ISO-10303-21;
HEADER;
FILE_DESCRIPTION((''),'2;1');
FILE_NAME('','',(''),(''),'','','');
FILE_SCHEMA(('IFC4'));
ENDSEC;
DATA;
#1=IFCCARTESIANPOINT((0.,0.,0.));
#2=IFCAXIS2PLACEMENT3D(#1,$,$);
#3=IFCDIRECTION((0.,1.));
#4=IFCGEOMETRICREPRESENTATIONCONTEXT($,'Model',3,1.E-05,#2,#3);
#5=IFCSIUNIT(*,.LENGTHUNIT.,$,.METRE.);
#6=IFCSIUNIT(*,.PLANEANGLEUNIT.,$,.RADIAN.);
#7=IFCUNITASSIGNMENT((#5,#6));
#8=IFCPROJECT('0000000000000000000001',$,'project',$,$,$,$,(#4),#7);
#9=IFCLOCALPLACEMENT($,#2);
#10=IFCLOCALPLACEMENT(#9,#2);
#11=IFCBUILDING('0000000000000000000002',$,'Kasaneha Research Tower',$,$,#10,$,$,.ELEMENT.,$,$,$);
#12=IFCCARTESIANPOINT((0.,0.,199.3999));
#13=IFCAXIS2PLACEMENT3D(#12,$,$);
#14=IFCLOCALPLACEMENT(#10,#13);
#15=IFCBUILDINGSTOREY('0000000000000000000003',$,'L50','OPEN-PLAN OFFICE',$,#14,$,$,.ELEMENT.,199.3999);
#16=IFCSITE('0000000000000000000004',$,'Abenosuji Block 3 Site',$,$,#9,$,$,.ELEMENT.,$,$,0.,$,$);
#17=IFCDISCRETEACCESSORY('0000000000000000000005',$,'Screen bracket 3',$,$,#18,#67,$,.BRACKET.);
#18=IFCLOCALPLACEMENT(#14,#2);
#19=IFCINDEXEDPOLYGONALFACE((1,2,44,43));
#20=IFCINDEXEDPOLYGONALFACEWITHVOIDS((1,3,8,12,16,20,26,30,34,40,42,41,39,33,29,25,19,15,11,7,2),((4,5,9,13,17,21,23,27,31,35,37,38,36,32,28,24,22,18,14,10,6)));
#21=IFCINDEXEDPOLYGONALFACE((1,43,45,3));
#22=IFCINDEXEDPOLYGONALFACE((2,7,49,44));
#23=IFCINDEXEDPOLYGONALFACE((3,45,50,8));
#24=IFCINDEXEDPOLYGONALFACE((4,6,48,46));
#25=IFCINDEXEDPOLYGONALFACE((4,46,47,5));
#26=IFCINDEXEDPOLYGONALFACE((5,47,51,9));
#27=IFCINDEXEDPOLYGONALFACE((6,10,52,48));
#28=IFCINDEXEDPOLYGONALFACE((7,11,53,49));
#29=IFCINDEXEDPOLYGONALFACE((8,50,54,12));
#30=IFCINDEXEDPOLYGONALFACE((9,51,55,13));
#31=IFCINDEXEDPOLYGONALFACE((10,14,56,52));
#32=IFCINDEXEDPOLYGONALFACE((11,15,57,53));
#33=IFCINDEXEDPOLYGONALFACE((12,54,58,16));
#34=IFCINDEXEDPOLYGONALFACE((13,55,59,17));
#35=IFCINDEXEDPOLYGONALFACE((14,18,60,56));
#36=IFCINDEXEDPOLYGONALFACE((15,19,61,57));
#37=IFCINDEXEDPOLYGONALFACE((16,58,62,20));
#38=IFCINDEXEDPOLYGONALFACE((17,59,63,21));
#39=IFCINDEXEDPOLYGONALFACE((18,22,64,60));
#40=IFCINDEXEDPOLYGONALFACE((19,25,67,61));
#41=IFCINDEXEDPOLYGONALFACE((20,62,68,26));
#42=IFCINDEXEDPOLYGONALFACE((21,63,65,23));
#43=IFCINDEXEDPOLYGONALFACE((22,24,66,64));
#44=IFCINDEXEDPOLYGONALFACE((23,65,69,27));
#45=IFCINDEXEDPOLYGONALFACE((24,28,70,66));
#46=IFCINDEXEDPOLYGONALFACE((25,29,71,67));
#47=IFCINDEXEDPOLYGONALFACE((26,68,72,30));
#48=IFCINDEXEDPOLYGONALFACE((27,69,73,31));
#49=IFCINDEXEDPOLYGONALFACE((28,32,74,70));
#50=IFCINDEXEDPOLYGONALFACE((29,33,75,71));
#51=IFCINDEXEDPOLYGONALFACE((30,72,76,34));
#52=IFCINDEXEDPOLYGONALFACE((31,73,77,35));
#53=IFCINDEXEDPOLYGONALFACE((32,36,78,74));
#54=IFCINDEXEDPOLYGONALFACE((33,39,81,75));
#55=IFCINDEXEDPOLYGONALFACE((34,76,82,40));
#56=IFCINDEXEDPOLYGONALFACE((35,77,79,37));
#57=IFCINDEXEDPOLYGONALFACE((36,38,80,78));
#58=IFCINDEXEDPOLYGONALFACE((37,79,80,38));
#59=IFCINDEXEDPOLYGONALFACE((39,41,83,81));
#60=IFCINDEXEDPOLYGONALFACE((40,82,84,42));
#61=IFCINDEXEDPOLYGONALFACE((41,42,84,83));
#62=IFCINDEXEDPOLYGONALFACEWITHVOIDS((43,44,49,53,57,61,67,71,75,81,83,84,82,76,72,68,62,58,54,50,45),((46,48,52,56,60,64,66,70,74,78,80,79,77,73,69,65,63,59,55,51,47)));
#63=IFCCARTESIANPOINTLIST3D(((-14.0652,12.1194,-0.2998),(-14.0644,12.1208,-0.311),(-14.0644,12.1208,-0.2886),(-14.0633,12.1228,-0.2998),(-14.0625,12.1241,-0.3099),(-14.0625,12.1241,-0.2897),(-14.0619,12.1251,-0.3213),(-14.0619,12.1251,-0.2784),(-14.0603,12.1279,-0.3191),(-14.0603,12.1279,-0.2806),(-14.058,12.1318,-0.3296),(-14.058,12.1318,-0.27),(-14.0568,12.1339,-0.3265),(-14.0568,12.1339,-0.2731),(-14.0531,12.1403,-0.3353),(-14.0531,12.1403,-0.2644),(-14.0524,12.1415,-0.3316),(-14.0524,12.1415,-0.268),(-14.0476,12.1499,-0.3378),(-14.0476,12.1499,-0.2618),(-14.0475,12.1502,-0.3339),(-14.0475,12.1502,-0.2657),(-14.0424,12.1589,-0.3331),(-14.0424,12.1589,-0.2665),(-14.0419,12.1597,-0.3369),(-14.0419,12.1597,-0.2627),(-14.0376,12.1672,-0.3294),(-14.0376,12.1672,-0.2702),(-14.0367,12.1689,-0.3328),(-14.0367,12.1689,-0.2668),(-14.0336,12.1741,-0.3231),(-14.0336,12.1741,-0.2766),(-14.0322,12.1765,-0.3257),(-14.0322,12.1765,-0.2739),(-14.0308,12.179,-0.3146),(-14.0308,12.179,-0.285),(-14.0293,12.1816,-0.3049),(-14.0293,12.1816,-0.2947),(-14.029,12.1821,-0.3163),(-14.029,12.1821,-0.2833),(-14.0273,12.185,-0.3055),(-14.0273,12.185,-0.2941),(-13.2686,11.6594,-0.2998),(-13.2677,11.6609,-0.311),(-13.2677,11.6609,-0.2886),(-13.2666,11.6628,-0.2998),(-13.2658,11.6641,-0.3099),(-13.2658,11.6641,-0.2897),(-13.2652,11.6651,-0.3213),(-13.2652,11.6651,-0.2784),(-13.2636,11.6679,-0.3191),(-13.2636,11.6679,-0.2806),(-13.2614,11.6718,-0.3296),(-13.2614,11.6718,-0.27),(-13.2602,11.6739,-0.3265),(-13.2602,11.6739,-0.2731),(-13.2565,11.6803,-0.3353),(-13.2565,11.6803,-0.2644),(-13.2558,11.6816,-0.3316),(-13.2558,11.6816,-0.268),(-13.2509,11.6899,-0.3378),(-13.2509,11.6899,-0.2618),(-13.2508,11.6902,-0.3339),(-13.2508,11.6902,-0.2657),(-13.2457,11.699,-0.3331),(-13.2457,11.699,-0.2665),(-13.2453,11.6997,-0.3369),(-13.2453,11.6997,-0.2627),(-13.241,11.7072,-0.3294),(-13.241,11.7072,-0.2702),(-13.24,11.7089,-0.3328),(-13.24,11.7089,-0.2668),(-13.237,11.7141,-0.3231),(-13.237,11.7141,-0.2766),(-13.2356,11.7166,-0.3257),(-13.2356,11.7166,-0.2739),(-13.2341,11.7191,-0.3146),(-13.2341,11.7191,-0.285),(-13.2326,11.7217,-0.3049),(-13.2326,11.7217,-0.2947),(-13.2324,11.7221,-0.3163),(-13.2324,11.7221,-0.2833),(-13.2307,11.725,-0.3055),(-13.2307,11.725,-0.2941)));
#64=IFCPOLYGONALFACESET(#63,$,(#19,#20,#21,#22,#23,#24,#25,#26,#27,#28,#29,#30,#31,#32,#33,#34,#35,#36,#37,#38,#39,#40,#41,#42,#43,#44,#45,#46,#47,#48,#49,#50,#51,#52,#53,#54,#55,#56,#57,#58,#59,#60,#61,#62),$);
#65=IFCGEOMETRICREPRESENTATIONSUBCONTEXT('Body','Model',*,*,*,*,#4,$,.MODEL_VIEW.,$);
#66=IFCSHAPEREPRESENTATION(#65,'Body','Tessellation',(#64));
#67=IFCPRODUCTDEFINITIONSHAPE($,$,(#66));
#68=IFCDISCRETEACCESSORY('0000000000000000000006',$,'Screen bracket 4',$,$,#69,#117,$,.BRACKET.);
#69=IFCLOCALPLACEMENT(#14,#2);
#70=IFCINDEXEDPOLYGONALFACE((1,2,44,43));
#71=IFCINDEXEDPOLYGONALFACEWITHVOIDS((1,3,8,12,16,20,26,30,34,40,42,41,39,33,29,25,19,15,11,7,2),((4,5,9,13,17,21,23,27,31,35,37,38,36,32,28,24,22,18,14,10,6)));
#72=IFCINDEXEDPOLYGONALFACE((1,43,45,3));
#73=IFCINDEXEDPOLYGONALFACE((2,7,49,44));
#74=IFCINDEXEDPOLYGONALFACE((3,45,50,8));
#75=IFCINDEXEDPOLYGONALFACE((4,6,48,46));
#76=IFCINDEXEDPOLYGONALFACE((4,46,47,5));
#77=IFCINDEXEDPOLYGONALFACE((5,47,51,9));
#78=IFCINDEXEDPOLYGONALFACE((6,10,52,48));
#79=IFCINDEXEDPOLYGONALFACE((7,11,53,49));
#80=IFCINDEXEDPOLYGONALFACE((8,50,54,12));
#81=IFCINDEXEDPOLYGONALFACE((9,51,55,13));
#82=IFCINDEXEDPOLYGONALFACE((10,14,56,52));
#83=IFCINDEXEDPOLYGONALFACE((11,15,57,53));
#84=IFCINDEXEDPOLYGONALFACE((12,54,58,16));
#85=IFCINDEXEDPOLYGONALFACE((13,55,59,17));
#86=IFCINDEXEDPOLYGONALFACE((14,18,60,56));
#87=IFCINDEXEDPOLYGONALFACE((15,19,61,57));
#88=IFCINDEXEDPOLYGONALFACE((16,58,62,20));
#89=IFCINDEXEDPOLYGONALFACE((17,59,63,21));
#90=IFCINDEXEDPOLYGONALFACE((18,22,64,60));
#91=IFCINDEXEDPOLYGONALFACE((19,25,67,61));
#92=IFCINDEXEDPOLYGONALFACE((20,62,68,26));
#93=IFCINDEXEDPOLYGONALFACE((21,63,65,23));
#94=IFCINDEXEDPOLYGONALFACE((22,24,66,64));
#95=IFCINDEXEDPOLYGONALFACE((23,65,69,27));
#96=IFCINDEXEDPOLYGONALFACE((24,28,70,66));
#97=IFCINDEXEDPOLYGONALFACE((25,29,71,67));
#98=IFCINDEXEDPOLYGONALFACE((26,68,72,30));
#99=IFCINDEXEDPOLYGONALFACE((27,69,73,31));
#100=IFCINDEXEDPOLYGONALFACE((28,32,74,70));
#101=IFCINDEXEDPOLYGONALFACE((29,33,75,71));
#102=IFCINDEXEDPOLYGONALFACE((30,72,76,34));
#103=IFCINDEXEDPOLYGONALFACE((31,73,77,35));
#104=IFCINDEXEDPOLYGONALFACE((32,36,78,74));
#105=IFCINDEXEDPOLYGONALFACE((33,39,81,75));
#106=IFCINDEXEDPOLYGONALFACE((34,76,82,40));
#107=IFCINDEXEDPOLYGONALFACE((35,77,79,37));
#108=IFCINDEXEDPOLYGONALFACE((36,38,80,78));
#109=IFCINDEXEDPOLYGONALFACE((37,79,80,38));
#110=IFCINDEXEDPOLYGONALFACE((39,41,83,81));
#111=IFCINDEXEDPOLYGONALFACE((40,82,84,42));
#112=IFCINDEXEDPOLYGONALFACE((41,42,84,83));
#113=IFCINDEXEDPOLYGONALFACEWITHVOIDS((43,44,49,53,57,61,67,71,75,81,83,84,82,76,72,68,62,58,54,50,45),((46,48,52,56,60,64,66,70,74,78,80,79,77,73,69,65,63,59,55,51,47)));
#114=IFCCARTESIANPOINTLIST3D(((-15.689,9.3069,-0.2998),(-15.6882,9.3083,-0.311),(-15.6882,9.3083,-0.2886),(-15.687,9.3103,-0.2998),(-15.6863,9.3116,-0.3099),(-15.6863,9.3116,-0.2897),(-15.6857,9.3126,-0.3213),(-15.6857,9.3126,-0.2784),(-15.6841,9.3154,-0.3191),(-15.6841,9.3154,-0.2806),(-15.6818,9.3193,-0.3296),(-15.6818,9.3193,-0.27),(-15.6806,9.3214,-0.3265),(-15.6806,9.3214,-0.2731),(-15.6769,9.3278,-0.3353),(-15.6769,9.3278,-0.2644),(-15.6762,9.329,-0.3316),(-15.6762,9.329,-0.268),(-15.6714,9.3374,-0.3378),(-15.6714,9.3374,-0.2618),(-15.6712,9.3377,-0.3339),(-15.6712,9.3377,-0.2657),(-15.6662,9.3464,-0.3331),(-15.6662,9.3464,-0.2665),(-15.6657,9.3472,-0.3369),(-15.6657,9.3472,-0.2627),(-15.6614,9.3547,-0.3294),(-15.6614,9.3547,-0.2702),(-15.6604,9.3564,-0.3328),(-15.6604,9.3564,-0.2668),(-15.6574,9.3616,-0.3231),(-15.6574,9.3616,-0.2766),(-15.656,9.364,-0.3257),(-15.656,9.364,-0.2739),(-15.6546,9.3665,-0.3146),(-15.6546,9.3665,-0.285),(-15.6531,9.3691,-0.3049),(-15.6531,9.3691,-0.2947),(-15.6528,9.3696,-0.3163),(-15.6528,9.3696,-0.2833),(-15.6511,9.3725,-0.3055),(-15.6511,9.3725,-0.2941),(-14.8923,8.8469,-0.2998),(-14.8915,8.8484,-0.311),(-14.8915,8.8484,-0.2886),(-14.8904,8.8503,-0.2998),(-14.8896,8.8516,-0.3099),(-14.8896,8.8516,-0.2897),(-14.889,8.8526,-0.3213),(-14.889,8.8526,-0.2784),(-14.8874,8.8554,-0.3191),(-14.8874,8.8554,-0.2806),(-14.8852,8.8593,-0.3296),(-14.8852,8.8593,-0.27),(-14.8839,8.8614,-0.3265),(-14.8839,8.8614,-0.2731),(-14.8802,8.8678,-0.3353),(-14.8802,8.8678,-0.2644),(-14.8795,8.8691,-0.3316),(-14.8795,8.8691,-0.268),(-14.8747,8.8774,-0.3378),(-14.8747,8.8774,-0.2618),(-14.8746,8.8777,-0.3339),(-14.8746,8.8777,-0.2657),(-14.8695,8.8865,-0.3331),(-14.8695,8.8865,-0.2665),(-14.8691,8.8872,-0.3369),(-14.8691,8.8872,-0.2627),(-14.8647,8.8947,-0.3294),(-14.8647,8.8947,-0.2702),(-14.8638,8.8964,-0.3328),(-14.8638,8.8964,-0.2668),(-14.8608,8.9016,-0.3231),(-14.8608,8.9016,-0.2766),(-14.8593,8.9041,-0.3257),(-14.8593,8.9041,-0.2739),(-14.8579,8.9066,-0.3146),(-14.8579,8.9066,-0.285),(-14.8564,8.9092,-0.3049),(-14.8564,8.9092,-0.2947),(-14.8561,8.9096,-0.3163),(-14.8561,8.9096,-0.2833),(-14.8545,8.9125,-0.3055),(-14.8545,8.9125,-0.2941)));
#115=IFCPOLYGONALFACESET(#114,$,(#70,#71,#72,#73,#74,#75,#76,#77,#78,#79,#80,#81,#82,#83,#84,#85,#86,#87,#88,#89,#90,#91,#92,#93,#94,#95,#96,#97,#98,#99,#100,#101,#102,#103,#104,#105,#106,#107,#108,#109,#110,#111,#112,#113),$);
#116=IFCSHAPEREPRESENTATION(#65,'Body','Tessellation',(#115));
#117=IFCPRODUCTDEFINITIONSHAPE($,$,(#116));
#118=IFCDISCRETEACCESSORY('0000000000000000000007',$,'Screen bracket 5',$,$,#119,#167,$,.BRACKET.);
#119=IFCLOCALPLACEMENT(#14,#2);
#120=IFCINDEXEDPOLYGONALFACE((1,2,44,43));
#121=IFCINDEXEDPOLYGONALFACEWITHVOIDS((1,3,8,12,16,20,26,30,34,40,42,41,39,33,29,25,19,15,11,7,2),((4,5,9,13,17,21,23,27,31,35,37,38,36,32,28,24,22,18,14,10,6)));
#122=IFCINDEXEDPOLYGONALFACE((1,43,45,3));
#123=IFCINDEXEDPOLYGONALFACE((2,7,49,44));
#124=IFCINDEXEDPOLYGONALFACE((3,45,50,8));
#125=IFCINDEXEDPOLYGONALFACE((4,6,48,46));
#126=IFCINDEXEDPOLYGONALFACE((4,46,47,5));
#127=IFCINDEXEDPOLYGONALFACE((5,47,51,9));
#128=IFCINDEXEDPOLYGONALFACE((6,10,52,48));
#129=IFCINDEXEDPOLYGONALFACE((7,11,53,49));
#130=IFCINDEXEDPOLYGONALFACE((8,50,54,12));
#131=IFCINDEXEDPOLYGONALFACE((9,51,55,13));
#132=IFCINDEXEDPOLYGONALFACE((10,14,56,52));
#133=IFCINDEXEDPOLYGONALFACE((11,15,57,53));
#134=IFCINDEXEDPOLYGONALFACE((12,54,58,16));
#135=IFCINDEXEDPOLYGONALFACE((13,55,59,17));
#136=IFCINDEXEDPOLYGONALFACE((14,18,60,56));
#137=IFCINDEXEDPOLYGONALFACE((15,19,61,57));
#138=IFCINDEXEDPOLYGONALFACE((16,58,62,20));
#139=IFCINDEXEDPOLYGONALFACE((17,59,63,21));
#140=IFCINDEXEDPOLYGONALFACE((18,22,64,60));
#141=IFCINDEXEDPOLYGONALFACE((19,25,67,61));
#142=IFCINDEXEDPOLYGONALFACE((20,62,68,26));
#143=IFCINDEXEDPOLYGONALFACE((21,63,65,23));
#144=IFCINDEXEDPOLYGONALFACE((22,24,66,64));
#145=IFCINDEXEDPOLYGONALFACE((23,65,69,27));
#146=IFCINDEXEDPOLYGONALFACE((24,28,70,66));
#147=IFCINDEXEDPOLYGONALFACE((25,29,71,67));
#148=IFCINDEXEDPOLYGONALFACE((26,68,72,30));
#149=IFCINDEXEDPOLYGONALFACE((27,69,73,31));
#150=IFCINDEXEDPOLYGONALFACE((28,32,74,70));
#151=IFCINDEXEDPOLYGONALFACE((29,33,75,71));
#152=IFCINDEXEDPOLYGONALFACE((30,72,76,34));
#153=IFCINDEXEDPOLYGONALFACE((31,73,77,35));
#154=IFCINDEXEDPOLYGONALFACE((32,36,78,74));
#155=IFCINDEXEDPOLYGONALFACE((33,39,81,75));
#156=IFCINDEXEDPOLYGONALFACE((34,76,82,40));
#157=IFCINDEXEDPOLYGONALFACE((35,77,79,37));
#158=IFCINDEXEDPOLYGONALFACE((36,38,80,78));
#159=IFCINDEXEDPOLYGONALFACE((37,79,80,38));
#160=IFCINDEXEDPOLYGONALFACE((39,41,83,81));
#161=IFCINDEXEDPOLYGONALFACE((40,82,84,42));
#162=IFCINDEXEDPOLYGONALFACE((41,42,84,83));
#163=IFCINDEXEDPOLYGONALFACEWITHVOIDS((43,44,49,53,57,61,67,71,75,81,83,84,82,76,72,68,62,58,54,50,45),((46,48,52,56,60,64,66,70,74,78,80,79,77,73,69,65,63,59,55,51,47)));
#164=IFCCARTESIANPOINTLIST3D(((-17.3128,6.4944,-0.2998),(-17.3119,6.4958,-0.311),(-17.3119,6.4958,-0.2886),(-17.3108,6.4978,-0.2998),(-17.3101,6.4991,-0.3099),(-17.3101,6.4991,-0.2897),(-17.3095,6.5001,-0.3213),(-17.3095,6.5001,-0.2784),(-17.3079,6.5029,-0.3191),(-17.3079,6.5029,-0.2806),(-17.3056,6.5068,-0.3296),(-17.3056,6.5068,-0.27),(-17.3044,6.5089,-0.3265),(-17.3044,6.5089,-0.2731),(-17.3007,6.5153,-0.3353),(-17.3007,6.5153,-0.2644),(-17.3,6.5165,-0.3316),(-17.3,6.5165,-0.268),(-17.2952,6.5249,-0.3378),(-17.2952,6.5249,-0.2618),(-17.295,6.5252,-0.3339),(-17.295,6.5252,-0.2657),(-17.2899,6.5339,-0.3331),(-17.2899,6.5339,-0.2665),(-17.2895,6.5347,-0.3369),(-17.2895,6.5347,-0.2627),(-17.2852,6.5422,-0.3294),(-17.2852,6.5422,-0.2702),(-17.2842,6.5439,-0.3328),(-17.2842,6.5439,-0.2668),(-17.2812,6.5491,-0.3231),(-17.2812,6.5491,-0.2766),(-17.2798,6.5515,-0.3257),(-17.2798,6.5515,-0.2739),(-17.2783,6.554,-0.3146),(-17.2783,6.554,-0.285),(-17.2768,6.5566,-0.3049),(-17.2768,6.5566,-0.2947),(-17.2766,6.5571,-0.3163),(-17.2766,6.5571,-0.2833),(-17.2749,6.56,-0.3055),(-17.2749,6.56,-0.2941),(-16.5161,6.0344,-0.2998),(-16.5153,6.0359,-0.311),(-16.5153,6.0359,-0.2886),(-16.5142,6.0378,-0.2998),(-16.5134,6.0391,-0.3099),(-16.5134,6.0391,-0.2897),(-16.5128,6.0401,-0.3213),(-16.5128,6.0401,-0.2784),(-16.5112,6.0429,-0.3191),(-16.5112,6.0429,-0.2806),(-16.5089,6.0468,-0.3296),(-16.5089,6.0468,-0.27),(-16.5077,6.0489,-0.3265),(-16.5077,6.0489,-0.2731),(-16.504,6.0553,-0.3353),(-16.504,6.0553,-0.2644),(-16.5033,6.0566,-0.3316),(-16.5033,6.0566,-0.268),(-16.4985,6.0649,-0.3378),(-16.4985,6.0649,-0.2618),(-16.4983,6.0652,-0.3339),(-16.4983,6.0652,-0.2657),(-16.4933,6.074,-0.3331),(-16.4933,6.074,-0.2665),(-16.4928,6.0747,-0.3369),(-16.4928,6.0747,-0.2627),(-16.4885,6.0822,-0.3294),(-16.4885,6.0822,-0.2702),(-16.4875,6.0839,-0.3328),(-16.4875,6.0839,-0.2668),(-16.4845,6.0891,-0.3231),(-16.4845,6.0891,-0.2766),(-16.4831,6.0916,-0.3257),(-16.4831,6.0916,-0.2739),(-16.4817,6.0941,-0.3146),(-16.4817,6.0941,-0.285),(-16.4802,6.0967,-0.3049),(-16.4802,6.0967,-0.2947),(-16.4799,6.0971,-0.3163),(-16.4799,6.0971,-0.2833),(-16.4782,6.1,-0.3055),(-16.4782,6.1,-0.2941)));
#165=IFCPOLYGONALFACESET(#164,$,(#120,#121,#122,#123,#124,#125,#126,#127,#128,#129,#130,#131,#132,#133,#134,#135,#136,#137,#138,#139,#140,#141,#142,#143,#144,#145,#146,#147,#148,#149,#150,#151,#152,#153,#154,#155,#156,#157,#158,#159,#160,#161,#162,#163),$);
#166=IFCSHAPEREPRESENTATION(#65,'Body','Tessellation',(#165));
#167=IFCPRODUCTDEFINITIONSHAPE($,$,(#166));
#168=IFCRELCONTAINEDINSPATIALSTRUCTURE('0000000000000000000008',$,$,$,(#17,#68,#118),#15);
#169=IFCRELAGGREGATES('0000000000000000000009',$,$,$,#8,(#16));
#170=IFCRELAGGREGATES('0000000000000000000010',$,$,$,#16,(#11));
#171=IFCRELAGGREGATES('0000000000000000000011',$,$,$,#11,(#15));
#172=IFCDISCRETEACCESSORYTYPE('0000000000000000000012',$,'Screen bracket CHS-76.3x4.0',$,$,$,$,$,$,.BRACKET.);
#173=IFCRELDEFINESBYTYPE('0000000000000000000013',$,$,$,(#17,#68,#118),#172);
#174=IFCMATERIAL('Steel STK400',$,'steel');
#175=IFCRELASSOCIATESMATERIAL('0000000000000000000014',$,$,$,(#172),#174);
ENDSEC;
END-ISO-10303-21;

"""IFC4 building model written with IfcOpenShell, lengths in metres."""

from ifc_helpers import new_model, si_unit, direction, frame, origin, origin_2d, place, context, subcontext, project, spatial, hollow_circle, extrude, material, material_profile, profile_set, type_object, element, save


model = new_model("IFC4")

# Units and contexts
model_context = context("Model", 3, precision=1e-05, world=origin(), true_north=direction((0.0, 1.0)))
body_context = subcontext(model_context, "Body", "Model", "MODEL_VIEW")
ifc_project = project(units=[si_unit("LENGTHUNIT", "METRE"), si_unit("PLANEANGLEUNIT", "RADIAN")], contexts=[model_context])

# Site, building, storey
site_placement = place(None, origin())
site = spatial("IfcSite", under=ifc_project, at=site_placement, Name="Abenosuji Block 3 Site", CompositionType="ELEMENT", RefElevation=0.0)
building_placement = place(site_placement, origin())
building = spatial("IfcBuilding", under=site, at=building_placement, Name="Kasaneha Research Tower", CompositionType="ELEMENT")
storey_placement = place(building_placement, frame((0.0, 0.0, 199.3999)))
storey = spatial("IfcBuildingStorey", under=building, at=storey_placement, Name="L50", Description="OPEN-PLAN OFFICE", CompositionType="ELEMENT", Elevation=199.3999)

# Discrete accessories
ifc_material_1 = material(Name="Steel STK400", Category="steel")
ifc_material_profile_1 = material_profile(ifc_material_1, hollow_circle(Radius=0.0381, WallThickness=0.0039, at=origin_2d()), Name="CHS-76.3x4.0")
ifc_profile_set_1 = profile_set([ifc_material_profile_1], Name="Steel STK400")
discrete_accessory_type = type_object("IfcDiscreteAccessoryType", Name="Screen bracket CHS-76.3x4.0", PredefinedType="BRACKET", material=ifc_profile_set_1)
for number, where, z_axis, x_axis, name in (
    (1, (-13.2495, 11.6924, -0.2998), (-0.866013, 0.500021, 0.0), (-0.500021, -0.866013, 0.0), "Screen bracket 3"),
    (2, (-14.8733, 8.8799, -0.2998), (-0.866013, 0.500021, 0.0), (-0.500021, -0.866013, 0.0), "Screen bracket 4"),
    (3, (-16.4971, 6.0674, -0.2998), (-0.866013, 0.500021, 0.0), (-0.500021, -0.866013, 0.0), "Screen bracket 5"),
):
    element("IfcDiscreteAccessory", number, at=place(storey_placement, frame(where, z_axis=z_axis, x_axis=x_axis)), inside=storey, type_object=discrete_accessory_type, Name=name, PredefinedType="BRACKET", context=body_context, shape_type="SweptSolid", body=[
        extrude(hollow_circle(Radius=0.0381, WallThickness=0.0039, at=origin_2d()), origin(), (0.0, 0.0, 1.0), 0.9199),
    ])

save(model, "model.ifc")
